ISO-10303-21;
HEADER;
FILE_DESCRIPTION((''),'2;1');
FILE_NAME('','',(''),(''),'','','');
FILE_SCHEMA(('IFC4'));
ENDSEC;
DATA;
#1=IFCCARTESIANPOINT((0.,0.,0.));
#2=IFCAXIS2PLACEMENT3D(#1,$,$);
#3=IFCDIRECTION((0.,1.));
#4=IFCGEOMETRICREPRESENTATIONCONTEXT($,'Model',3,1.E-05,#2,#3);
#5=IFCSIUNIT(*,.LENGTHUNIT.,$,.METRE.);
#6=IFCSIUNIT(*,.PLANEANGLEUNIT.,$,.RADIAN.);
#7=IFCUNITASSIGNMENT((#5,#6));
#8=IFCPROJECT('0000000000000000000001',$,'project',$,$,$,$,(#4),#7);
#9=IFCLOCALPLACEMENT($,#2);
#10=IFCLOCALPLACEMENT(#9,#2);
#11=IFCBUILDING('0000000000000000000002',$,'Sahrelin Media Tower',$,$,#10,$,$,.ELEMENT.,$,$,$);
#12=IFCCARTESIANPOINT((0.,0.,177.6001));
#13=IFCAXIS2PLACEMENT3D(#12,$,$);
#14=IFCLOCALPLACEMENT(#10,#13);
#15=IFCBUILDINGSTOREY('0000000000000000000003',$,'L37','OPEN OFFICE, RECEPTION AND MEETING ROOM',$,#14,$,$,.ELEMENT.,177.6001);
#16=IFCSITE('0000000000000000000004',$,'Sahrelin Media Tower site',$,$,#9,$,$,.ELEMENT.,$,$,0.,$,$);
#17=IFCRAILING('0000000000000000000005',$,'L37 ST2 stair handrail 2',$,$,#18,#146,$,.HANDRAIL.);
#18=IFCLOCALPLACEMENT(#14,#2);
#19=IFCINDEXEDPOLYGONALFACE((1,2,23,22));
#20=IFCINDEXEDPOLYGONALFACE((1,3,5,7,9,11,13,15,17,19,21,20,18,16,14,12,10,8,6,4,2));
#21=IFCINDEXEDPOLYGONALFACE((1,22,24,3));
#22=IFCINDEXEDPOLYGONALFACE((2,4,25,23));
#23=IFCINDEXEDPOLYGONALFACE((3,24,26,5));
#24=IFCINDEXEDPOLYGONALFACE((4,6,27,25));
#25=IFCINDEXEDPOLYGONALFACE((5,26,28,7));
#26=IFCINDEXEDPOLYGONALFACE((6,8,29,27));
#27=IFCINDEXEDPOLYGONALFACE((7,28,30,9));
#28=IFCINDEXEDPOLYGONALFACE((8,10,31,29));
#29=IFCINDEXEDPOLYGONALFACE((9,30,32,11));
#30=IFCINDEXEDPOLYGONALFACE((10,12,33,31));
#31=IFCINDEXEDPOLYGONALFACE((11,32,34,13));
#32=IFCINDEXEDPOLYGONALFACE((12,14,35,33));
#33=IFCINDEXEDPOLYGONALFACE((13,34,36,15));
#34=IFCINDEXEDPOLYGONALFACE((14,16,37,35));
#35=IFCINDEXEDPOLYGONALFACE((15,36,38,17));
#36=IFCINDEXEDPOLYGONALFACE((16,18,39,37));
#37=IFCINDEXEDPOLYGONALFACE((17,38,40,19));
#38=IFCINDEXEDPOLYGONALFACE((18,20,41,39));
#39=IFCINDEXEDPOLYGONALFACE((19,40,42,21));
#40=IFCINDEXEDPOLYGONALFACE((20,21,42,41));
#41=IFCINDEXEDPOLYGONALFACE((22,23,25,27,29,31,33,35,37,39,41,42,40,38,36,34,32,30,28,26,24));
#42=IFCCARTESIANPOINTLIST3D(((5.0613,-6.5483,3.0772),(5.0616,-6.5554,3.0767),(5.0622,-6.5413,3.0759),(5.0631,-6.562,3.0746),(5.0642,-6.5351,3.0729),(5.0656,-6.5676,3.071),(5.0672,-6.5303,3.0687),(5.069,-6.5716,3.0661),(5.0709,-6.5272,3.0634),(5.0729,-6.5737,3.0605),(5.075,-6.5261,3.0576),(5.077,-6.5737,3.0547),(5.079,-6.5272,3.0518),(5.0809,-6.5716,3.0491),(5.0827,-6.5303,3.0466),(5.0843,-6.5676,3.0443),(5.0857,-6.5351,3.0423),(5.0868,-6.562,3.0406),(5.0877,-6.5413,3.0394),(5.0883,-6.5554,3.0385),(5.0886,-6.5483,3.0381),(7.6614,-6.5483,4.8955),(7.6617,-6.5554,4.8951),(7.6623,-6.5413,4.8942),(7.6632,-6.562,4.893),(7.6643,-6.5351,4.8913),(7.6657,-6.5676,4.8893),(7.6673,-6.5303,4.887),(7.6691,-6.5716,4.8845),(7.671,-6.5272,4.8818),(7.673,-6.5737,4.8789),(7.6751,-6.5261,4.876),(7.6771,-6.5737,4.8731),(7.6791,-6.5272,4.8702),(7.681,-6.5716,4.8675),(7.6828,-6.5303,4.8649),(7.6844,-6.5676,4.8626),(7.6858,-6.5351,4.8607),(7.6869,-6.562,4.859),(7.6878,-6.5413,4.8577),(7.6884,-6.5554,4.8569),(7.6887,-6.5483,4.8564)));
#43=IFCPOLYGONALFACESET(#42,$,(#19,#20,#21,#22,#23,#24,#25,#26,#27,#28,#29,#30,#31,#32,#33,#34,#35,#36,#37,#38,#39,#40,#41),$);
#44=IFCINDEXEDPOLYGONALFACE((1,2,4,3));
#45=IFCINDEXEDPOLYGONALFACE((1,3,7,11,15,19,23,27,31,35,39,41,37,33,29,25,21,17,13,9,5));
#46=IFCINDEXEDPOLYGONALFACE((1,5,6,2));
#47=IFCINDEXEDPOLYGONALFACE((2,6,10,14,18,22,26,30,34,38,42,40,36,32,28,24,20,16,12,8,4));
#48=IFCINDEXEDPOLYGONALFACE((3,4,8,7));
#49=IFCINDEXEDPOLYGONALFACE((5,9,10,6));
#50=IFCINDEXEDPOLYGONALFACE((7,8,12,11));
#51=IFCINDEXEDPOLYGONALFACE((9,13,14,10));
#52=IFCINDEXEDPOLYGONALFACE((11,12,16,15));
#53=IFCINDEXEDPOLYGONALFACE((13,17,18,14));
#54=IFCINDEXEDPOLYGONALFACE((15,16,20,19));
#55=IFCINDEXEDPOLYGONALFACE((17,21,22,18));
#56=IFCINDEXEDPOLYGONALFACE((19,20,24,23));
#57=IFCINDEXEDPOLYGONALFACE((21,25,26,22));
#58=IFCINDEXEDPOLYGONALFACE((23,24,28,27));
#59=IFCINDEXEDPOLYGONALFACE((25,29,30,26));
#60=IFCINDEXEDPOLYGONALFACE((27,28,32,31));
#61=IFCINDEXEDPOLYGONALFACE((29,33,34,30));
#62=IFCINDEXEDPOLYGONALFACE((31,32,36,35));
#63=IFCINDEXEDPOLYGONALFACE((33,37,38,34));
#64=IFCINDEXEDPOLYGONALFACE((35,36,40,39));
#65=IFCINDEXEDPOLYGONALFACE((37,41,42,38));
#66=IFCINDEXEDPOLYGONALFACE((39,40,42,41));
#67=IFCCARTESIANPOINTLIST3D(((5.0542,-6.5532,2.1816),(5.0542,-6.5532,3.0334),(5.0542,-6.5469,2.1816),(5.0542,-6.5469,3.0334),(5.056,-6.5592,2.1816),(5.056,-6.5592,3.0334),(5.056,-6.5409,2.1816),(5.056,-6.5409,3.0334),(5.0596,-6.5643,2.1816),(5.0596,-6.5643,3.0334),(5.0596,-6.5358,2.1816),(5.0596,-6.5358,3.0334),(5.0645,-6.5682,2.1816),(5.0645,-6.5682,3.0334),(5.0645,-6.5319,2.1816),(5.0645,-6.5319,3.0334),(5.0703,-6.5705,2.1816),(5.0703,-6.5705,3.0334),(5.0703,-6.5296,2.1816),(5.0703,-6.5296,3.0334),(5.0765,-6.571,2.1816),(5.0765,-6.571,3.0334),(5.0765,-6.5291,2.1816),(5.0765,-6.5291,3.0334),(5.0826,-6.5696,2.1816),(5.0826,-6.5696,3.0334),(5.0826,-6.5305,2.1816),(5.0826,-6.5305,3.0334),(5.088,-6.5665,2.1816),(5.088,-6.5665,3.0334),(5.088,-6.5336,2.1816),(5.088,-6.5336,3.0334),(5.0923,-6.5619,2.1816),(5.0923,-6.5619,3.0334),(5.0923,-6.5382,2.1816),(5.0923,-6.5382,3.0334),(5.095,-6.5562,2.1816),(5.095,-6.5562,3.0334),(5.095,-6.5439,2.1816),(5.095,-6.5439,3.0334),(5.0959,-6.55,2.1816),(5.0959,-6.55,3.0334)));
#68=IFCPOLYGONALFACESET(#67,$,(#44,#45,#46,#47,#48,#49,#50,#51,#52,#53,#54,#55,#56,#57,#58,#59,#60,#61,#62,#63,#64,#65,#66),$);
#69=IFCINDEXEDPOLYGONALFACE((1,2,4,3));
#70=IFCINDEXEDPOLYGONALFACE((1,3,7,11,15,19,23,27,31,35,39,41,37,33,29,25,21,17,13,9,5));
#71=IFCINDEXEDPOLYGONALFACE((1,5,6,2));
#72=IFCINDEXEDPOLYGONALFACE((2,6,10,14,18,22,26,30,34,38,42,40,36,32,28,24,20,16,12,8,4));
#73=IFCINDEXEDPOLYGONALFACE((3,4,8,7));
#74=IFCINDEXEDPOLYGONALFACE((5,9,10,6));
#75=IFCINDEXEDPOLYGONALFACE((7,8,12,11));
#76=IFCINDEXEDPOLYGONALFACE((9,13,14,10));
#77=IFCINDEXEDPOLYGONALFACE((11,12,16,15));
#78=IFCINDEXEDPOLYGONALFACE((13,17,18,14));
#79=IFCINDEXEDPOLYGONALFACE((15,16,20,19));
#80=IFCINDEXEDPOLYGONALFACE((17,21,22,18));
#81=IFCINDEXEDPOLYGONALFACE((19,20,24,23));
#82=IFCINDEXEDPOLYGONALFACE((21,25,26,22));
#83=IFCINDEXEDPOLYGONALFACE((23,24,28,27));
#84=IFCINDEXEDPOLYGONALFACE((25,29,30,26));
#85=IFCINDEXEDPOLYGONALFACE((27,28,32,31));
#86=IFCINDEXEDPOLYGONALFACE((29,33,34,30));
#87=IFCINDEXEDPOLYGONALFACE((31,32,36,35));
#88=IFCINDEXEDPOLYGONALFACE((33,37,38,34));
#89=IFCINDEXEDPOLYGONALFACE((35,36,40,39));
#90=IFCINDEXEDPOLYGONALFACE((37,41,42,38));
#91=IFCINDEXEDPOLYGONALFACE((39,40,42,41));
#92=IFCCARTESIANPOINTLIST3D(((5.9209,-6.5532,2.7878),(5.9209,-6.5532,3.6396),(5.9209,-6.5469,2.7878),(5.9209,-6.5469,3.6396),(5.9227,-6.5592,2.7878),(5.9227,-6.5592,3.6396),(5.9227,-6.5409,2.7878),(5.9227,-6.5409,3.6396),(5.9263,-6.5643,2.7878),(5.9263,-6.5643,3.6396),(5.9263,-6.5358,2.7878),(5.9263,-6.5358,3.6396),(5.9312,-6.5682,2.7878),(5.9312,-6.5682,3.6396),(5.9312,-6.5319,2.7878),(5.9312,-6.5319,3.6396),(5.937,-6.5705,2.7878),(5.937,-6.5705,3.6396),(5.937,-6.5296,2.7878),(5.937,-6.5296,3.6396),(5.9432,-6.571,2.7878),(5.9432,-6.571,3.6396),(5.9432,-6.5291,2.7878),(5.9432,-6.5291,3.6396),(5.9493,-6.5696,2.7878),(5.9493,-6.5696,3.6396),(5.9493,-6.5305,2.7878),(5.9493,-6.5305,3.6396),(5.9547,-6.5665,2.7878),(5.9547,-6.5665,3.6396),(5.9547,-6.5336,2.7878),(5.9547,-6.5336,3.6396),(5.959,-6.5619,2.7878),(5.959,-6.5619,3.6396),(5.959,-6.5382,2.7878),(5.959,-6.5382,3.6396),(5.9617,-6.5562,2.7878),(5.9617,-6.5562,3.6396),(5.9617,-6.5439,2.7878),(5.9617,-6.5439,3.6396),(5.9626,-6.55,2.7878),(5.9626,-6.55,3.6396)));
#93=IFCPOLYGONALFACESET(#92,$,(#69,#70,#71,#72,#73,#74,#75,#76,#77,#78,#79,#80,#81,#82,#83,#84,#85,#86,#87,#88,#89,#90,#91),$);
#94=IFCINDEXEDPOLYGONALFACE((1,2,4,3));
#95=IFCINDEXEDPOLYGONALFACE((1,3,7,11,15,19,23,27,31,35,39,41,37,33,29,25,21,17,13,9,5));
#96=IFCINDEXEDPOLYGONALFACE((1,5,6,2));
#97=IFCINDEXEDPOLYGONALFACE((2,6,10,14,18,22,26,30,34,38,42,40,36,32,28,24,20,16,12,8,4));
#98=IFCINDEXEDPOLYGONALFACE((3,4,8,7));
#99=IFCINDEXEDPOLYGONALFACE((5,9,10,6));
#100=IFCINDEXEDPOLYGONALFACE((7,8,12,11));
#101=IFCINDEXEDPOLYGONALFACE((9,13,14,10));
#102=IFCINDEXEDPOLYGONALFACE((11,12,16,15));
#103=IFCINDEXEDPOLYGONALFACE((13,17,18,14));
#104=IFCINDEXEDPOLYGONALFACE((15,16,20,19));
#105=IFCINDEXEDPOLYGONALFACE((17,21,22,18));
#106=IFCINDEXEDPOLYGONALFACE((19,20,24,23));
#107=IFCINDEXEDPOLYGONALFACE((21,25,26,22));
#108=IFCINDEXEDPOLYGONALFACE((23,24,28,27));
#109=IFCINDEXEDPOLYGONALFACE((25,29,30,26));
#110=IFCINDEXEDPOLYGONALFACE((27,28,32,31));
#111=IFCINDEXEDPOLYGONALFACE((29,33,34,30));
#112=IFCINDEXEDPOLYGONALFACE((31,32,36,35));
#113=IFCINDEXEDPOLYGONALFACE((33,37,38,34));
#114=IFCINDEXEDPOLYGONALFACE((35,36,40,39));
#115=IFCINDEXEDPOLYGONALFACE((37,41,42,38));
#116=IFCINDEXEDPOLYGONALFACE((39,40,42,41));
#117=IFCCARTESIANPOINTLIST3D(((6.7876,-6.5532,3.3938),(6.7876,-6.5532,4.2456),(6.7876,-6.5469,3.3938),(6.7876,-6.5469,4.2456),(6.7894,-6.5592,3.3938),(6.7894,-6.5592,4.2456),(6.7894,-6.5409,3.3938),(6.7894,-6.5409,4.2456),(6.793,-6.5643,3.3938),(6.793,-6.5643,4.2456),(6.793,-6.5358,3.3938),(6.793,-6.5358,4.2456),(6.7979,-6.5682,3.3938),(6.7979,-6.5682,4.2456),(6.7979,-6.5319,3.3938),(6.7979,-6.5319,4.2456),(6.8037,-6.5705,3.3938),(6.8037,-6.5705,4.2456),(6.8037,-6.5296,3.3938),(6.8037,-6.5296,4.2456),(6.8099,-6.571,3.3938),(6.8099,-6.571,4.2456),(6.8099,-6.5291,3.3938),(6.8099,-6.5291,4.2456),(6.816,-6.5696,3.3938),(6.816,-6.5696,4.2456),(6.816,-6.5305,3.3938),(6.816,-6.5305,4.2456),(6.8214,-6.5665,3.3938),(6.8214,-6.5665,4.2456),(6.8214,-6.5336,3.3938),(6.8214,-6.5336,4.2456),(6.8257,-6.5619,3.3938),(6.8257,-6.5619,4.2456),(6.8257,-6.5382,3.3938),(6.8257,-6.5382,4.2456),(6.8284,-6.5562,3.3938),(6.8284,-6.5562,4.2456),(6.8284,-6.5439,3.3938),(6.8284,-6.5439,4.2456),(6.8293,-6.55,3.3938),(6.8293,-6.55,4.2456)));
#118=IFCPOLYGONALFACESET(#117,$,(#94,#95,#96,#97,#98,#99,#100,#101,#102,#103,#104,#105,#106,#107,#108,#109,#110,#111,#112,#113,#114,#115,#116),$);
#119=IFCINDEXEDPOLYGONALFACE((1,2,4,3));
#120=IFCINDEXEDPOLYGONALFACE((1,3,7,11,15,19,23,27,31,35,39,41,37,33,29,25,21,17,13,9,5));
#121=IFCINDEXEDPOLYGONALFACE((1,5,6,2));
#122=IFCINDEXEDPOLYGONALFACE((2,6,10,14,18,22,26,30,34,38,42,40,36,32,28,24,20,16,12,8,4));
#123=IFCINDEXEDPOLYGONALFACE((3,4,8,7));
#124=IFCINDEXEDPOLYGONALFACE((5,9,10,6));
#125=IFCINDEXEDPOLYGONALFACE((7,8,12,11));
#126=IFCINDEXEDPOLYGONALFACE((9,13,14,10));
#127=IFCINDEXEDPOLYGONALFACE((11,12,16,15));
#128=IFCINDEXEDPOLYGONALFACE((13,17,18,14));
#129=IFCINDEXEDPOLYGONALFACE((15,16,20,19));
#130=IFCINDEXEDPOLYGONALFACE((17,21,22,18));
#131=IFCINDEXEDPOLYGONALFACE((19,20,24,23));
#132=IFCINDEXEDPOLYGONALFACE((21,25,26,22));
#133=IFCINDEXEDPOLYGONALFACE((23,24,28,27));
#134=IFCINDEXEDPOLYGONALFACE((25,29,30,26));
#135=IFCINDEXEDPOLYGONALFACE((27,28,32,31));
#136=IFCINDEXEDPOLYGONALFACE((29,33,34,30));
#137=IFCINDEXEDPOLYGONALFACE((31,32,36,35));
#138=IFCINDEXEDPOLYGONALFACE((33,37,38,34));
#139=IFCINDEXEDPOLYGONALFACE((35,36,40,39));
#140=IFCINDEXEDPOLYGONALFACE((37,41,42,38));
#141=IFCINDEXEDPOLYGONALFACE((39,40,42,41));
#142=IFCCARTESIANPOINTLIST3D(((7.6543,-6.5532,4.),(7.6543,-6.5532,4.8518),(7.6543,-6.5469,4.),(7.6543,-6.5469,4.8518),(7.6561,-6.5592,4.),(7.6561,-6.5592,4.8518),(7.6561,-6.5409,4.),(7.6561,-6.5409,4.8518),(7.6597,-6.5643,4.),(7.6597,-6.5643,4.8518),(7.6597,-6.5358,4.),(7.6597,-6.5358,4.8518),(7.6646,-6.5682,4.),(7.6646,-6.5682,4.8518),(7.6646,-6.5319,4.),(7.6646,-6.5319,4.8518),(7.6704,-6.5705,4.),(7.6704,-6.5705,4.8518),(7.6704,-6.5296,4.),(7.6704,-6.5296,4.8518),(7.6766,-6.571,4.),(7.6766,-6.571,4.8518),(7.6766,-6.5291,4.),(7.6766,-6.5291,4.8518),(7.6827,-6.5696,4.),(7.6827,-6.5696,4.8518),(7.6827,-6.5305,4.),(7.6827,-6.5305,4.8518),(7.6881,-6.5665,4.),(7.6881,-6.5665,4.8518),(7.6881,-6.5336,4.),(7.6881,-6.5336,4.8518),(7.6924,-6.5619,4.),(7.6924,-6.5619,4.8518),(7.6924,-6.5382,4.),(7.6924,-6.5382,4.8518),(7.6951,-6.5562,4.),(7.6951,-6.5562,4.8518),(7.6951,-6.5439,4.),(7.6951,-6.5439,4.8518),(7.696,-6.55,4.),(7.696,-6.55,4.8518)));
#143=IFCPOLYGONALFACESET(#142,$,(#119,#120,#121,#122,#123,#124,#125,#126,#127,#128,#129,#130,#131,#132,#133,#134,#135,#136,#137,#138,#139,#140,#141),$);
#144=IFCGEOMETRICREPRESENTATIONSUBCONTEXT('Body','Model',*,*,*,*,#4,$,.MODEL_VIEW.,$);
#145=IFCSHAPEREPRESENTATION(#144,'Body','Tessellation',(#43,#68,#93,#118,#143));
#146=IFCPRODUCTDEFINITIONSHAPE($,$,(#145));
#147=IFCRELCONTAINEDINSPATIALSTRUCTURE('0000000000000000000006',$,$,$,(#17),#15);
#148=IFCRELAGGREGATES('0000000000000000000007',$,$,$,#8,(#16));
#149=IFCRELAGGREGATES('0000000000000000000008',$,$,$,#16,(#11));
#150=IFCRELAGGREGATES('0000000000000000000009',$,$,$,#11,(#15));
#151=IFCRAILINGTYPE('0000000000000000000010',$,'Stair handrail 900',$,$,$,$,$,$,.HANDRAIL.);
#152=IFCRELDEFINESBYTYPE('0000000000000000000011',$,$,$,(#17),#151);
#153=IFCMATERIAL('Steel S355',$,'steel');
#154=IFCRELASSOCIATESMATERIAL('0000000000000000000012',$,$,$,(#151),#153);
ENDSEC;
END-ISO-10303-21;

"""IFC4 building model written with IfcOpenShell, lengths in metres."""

from ifc_helpers import new_model, si_unit, direction, frame, origin, origin_2d, place, context, subcontext, project, spatial, circle, extrude, material, type_object, element, save


model = new_model("IFC4")

# Units and contexts
model_context = context("Model", 3, precision=1e-05, world=origin(), true_north=direction((0.0, 1.0)))
body_context = subcontext(model_context, "Body", "Model", "MODEL_VIEW")
ifc_project = project(units=[si_unit("LENGTHUNIT", "METRE"), si_unit("PLANEANGLEUNIT", "RADIAN")], contexts=[model_context])

# Site, building, storey
site_placement = place(None, origin())
site = spatial("IfcSite", under=ifc_project, at=site_placement, Name="Sahrelin Media Tower site", CompositionType="ELEMENT", RefElevation=0.0)
building_placement = place(site_placement, origin())
building = spatial("IfcBuilding", under=site, at=building_placement, Name="Sahrelin Media Tower", CompositionType="ELEMENT")
storey_placement = place(building_placement, frame((0.0, 0.0, 177.6001)))
storey = spatial("IfcBuildingStorey", under=building, at=storey_placement, Name="L37", Description="OPEN OFFICE, RECEPTION AND MEETING ROOM", CompositionType="ELEMENT", Elevation=177.6001)

# Shared definitions
ifc_material_1 = material(Name="Steel S355", Category="steel")

# Railing
railing_type_1 = type_object("IfcRailingType", Name="Stair handrail 900", PredefinedType="HANDRAIL", material=ifc_material_1)
railing_1_placement = place(storey_placement, frame((5.075, -6.55, 2.1816)))
element("IfcRailing", 1, at=railing_1_placement, inside=storey, type_object=railing_type_1, Name="L37 ST2 stair handrail 2", PredefinedType="HANDRAIL", context=body_context, shape_type="SweptSolid", body=[
    extrude(circle(Radius=0.0239, at=origin_2d()), frame((0.0, 0.0, 0.876), z_axis=(0.819485, 0.0, 0.573101), x_axis=(0.0, 1.0, 0.0)), (0.0, 0.0, 1.0), 3.1729),
    extrude(circle(Radius=0.021, at=origin_2d()), origin(), (0.0, 0.0, 1.0), 0.8518),
    extrude(circle(Radius=0.021, at=origin_2d()), frame((0.8667, 0.0, 0.6062)), (0.0, 0.0, 1.0), 0.8518),
    extrude(circle(Radius=0.021, at=origin_2d()), frame((1.7334, 0.0, 1.2122)), (0.0, 0.0, 1.0), 0.8518),
    extrude(circle(Radius=0.021, at=origin_2d()), frame((2.6001, 0.0, 1.8184)), (0.0, 0.0, 1.0), 0.8518),
])

save(model, "model.ifc")
